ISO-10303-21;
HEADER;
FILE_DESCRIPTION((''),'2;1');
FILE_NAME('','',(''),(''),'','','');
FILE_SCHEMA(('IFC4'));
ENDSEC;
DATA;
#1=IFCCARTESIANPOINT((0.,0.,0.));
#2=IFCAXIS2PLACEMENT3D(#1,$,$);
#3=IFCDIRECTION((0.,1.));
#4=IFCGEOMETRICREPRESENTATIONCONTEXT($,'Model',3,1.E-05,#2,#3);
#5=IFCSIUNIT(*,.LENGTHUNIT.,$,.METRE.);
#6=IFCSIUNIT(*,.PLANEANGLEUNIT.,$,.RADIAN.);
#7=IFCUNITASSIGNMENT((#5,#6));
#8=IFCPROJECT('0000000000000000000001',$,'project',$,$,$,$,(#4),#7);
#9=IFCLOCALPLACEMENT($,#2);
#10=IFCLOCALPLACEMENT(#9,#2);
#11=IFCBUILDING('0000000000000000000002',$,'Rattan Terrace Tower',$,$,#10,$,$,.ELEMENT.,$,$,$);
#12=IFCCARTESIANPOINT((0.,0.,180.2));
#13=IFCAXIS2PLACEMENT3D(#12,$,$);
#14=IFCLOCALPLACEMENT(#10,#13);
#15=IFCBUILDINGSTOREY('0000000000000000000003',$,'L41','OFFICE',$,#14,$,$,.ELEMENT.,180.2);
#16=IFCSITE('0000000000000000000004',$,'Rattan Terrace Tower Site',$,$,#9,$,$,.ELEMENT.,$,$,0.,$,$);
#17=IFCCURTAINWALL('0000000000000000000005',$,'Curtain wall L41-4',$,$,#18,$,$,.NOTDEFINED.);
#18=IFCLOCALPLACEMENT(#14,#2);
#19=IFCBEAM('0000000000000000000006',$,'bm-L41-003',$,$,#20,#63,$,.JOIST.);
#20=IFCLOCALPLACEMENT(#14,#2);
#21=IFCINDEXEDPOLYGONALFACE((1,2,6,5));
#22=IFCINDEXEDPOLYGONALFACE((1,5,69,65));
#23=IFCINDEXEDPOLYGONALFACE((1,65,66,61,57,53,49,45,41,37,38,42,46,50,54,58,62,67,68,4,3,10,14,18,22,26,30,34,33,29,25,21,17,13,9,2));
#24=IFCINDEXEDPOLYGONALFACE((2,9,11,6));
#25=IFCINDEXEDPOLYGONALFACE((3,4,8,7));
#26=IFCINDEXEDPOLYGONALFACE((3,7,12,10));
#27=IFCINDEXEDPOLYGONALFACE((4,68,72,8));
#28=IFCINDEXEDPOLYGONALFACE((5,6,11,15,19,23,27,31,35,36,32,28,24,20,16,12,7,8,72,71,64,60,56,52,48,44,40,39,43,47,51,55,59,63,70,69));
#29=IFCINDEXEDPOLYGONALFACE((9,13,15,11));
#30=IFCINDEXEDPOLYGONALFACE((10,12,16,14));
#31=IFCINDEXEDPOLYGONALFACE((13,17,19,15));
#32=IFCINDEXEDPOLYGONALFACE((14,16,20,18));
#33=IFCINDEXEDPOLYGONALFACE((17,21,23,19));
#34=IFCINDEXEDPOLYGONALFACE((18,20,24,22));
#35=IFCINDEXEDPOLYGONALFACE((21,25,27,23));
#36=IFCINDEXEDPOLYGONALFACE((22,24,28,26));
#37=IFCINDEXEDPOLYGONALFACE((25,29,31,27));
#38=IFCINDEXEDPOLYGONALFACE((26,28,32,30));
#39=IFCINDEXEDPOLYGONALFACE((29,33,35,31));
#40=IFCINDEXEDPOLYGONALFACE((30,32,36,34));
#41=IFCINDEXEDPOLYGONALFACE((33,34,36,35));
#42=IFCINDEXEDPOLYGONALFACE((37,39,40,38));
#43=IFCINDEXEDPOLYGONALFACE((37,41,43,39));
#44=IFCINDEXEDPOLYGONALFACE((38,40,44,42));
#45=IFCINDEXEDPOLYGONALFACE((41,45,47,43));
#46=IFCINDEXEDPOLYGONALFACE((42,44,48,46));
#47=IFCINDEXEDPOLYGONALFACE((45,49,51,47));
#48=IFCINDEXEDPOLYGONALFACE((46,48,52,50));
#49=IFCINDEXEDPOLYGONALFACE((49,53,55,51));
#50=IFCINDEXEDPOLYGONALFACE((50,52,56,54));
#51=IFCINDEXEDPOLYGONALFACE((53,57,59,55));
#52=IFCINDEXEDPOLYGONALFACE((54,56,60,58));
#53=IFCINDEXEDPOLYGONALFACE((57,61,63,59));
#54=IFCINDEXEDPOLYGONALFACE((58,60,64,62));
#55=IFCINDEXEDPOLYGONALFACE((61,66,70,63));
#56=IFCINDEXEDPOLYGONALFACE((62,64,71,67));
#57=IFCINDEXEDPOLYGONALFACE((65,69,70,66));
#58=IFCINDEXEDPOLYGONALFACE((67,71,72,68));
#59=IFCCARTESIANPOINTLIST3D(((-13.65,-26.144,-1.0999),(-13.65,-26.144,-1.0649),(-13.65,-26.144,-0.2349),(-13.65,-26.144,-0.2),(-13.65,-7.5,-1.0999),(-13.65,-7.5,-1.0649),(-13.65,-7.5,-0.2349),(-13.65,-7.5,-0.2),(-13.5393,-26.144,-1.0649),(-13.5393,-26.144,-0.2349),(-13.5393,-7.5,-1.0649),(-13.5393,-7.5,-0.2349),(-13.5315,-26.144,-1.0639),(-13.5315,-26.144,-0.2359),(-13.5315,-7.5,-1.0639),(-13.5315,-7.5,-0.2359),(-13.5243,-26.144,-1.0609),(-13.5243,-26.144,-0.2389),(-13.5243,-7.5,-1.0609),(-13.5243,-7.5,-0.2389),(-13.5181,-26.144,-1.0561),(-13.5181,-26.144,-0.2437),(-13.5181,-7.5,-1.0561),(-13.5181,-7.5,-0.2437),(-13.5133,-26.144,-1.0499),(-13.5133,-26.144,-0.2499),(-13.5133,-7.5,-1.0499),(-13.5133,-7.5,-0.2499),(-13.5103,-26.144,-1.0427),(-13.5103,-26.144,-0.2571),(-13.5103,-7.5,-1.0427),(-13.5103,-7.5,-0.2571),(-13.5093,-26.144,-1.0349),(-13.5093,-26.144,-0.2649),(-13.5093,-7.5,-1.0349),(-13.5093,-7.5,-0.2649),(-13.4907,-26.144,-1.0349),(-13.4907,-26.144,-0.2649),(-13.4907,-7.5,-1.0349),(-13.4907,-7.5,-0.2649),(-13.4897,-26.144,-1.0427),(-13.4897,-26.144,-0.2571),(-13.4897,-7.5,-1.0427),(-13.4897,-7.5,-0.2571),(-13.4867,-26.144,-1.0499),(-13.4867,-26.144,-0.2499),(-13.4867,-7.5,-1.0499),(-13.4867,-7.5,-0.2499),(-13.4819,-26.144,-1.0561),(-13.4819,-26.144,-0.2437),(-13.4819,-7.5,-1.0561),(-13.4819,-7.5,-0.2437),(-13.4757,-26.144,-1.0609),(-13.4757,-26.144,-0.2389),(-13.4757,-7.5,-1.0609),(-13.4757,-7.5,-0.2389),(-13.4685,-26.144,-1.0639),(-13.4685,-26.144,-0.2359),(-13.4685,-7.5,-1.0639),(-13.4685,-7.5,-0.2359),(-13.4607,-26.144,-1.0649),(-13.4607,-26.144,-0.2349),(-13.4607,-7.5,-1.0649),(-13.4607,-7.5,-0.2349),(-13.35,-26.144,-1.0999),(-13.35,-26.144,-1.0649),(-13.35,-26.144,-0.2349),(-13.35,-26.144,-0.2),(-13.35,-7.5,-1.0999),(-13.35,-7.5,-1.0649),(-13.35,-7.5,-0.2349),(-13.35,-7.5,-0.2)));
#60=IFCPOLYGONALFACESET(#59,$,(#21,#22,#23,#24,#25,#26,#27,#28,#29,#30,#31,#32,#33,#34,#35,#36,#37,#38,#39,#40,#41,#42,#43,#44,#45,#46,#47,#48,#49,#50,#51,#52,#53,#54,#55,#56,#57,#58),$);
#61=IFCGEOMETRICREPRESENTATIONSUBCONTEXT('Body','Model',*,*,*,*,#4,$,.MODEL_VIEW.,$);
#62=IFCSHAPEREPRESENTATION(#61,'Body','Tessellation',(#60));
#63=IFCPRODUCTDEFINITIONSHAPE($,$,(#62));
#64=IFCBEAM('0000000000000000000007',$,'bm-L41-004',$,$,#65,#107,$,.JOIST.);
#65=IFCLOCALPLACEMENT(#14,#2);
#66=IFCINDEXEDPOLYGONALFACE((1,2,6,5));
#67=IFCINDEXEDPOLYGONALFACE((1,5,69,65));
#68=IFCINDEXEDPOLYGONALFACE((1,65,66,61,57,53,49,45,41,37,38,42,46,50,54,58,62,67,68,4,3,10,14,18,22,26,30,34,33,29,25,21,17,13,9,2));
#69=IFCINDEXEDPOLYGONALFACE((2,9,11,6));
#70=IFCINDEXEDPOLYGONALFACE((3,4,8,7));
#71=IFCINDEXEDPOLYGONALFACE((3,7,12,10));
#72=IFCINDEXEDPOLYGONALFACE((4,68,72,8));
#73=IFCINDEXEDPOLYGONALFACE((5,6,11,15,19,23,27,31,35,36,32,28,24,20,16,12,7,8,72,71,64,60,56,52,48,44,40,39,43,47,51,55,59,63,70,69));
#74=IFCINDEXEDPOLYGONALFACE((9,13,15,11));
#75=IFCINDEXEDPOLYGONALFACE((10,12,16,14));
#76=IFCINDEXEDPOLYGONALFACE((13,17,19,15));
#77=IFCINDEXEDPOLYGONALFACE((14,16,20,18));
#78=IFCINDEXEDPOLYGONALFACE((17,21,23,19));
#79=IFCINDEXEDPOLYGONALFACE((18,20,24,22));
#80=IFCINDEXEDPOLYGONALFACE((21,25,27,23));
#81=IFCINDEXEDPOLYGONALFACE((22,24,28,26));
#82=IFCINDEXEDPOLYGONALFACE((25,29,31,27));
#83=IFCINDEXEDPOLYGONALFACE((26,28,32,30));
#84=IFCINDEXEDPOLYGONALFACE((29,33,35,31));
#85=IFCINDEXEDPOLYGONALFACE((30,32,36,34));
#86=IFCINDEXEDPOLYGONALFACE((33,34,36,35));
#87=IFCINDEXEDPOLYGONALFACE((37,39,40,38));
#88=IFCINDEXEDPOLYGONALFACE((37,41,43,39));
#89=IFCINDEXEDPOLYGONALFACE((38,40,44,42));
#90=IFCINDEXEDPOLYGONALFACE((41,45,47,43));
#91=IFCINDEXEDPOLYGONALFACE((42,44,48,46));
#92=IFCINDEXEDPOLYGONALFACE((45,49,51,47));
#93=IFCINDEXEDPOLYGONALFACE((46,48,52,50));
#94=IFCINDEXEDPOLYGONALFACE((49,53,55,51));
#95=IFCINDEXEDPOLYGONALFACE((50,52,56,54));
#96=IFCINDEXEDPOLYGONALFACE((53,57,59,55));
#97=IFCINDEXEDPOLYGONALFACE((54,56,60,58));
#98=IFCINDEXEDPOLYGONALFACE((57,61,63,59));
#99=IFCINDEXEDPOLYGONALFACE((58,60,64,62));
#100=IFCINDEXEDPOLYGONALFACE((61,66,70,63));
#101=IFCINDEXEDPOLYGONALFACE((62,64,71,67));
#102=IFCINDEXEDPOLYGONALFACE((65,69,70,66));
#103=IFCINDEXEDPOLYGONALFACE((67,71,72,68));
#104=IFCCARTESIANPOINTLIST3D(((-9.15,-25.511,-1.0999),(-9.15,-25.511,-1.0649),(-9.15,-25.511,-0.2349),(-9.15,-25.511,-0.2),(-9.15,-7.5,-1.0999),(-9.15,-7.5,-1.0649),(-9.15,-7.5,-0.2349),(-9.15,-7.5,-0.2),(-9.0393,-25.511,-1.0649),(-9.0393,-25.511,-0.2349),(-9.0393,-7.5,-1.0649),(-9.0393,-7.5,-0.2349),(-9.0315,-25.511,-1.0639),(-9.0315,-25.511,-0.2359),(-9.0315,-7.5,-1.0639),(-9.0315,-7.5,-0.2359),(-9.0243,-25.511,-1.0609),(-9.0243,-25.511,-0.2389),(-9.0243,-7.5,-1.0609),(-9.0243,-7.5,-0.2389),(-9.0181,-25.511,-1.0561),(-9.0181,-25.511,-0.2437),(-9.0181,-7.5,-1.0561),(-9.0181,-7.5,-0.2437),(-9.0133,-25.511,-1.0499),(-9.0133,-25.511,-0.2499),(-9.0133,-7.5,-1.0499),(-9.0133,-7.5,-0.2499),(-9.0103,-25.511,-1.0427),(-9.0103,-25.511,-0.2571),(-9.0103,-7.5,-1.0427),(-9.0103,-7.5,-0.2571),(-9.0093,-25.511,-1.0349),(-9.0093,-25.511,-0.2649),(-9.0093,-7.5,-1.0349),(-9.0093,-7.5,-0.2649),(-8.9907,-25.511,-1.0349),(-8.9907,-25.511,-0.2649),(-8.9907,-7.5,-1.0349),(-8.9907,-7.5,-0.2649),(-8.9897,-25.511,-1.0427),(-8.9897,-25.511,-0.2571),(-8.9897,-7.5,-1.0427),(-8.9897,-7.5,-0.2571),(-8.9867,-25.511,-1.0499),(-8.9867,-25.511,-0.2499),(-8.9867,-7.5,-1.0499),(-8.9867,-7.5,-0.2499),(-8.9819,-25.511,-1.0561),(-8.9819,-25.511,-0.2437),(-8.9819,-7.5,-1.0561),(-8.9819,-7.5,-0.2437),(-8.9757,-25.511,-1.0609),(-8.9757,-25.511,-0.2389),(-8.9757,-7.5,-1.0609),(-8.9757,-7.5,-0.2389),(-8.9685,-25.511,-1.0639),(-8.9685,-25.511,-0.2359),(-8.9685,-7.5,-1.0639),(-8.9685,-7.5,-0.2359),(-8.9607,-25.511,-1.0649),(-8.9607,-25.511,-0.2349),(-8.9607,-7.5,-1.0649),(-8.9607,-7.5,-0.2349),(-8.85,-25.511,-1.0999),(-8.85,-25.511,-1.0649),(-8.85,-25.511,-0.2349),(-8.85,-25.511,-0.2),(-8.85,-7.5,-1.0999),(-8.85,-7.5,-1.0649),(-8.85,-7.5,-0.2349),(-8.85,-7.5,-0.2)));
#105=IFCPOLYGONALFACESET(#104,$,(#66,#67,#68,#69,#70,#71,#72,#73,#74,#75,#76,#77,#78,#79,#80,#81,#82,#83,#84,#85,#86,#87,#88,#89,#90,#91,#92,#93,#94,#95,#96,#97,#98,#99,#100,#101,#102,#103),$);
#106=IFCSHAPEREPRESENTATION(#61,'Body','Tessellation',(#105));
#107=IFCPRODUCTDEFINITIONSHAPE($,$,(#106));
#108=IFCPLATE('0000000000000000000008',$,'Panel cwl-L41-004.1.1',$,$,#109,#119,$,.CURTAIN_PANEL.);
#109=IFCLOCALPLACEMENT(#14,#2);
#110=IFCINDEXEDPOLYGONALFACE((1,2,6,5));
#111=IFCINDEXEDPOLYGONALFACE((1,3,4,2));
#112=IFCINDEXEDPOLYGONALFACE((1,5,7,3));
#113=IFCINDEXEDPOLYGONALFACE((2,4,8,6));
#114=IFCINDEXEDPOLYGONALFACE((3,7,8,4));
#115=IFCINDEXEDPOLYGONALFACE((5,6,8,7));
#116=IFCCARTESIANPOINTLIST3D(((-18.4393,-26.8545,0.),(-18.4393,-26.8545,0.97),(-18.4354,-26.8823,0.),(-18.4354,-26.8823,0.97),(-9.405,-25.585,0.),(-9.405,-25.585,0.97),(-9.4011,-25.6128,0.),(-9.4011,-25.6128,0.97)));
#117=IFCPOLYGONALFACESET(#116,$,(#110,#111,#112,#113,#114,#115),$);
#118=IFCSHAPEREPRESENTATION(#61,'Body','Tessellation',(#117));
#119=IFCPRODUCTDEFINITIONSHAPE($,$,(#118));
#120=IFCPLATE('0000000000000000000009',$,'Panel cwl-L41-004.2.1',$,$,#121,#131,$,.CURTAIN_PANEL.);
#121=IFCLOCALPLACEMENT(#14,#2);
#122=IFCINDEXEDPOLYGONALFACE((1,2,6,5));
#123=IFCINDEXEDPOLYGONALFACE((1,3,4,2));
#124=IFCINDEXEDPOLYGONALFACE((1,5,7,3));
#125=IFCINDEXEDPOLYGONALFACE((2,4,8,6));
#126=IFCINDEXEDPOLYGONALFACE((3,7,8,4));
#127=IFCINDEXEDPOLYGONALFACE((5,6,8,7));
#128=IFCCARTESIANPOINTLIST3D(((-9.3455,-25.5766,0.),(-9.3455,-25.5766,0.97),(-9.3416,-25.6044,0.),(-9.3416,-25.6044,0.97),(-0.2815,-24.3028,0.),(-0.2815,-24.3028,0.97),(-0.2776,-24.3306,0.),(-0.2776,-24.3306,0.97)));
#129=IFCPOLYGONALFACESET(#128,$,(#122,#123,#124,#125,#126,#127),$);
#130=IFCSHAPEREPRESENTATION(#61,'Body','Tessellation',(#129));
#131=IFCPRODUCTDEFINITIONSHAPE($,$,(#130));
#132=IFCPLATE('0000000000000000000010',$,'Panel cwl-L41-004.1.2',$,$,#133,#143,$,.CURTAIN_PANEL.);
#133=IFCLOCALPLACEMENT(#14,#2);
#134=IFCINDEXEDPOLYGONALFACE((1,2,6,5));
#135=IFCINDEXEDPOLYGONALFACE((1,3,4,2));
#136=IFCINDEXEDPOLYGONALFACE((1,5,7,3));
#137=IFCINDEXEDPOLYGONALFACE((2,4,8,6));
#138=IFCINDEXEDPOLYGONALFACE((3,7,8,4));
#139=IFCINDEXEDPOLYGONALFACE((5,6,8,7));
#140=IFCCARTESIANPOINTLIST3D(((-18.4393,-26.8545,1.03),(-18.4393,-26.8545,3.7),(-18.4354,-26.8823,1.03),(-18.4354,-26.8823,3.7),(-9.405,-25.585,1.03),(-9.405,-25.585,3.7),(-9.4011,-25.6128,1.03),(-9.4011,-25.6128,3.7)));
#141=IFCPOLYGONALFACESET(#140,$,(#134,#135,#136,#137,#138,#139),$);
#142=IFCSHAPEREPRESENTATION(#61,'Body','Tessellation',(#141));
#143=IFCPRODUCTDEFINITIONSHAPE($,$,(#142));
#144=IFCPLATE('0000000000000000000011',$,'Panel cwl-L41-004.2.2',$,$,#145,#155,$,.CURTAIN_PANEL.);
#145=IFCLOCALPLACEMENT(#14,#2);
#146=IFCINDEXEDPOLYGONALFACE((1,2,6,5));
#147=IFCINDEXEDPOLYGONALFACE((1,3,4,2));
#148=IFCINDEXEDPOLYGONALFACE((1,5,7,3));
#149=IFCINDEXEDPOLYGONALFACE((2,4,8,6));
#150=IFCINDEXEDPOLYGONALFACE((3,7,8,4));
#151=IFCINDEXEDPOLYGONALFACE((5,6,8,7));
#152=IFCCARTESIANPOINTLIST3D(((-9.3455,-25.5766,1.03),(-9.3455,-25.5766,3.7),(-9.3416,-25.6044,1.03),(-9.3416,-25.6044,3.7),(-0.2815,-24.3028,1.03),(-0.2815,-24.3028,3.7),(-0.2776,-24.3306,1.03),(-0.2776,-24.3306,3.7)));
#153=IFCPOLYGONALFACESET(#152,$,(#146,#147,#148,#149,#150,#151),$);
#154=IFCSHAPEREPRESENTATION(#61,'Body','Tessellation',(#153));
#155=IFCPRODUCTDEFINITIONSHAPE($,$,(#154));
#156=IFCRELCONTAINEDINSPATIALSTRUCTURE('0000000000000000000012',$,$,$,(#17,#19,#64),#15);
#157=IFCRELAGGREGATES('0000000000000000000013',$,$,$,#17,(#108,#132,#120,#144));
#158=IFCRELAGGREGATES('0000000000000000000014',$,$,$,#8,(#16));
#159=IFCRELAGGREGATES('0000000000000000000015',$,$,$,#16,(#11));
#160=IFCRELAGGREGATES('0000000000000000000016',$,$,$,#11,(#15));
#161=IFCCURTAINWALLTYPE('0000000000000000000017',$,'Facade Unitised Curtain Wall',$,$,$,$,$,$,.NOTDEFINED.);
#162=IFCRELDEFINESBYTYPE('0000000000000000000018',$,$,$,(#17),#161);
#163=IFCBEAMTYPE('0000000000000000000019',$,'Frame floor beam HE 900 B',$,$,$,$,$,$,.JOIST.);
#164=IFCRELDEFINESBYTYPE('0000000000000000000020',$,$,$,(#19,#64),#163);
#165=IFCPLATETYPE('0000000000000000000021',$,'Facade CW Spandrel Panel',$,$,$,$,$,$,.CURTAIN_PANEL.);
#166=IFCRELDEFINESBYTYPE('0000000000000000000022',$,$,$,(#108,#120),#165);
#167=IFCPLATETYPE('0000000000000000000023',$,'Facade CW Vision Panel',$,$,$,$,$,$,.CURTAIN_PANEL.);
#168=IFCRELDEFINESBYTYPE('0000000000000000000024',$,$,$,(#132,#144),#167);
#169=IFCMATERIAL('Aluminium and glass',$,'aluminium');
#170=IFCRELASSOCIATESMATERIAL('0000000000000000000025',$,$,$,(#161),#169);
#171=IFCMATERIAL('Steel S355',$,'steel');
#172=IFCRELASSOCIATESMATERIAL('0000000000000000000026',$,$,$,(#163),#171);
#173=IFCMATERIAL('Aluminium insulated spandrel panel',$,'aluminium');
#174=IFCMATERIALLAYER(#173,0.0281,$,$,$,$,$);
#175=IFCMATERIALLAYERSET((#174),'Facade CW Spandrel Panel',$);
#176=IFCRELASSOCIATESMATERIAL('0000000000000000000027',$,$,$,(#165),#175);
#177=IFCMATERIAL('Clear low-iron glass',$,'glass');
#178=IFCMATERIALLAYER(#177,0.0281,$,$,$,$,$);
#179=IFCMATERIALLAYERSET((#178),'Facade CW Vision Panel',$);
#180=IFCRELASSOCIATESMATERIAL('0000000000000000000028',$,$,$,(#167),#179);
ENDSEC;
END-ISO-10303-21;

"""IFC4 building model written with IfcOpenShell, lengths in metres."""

from ifc_helpers import new_model, si_unit, direction, frame, origin, origin_2d, place, context, subcontext, project, spatial, rectangle, i_section, extrude, material, layer, layer_set, material_profile, profile_set, type_object, element, aggregate, save


model = new_model("IFC4")

# Units and contexts
model_context = context("Model", 3, precision=1e-05, world=origin(), true_north=direction((0.0, 1.0)))
body_context = subcontext(model_context, "Body", "Model", "MODEL_VIEW")
ifc_project = project(units=[si_unit("LENGTHUNIT", "METRE"), si_unit("PLANEANGLEUNIT", "RADIAN")], contexts=[model_context])

# Site, building, storey
site_placement = place(None, origin())
site = spatial("IfcSite", under=ifc_project, at=site_placement, Name="Rattan Terrace Tower Site", CompositionType="ELEMENT", RefElevation=0.0)
building_placement = place(site_placement, origin())
building = spatial("IfcBuilding", under=site, at=building_placement, Name="Rattan Terrace Tower", CompositionType="ELEMENT")
storey_placement = place(building_placement, frame((0.0, 0.0, 180.2)))
storey = spatial("IfcBuildingStorey", under=building, at=storey_placement, Name="L41", Description="OFFICE", CompositionType="ELEMENT", Elevation=180.2)

# Curtain wall
ifc_material_1 = material(Name="Aluminium and glass", Category="aluminium")
curtain_wall_type = type_object("IfcCurtainWallType", Name="Facade Unitised Curtain Wall", PredefinedType="NOTDEFINED", material=ifc_material_1)
curtain_wall_placement = place(storey_placement, origin())
curtain_wall = element("IfcCurtainWall", 1, at=curtain_wall_placement, inside=storey, type_object=curtain_wall_type, Name="Curtain wall L41-4", PredefinedType="NOTDEFINED")

# Beams
ifc_material_2 = material(Name="Steel S355", Category="steel")
ifc_material_profile_1 = material_profile(ifc_material_2, i_section(OverallWidth=0.3, OverallDepth=0.8999, WebThickness=0.0186, FlangeThickness=0.0349, FilletRadius=0.03, at=origin_2d()), Name="HE 900 B")
ifc_profile_set_1 = profile_set([ifc_material_profile_1], Name="Steel S355")
beam_type_1 = type_object("IfcBeamType", Name="Frame floor beam HE 900 B", PredefinedType="JOIST", material=ifc_profile_set_1)
beam_1_placement = place(storey_placement, frame((-13.5, -26.144, -0.6499), z_axis=(0.0, 1.0, 0.0), x_axis=(-1.0, 0.0, 0.0)))
element("IfcBeam", 2, at=beam_1_placement, inside=storey, type_object=beam_type_1, Name="bm-L41-003", PredefinedType="JOIST", context=body_context, shape_type="SweptSolid", body=[
    extrude(i_section(OverallWidth=0.3, OverallDepth=0.8999, WebThickness=0.0186, FlangeThickness=0.0349, FilletRadius=0.03, at=origin_2d()), origin(), (0.0, 0.0, 1.0), 18.644),
])
beam_2_placement = place(storey_placement, frame((-9.0, -25.511, -0.6499), z_axis=(0.0, 1.0, 0.0), x_axis=(-1.0, 0.0, 0.0)))
element("IfcBeam", 3, at=beam_2_placement, inside=storey, type_object=beam_type_1, Name="bm-L41-004", PredefinedType="JOIST", context=body_context, shape_type="SweptSolid", body=[
    extrude(i_section(OverallWidth=0.3, OverallDepth=0.8999, WebThickness=0.0186, FlangeThickness=0.0349, FilletRadius=0.03, at=origin_2d()), origin(), (0.0, 0.0, 1.0), 18.011),
])

# Plates
ifc_material_3 = material(Name="Aluminium insulated spandrel panel", Category="aluminium")
ifc_layer_1 = layer(ifc_material_3, 0.0281)
ifc_layer_set_1 = layer_set([ifc_layer_1], Name="Facade CW Spandrel Panel")
plate_type_1 = type_object("IfcPlateType", Name="Facade CW Spandrel Panel", PredefinedType="CURTAIN_PANEL", material=ifc_layer_set_1)
plate_1_placement = place(storey_placement, frame((-13.9202, -26.2336, 0.0), z_axis=(0.0, 0.0, 1.0), x_axis=(0.99027, 0.139161, 0.0)))
plate_1 = element("IfcPlate", 4, at=plate_1_placement, type_object=plate_type_1, Name="Panel cwl-L41-004.1.1", PredefinedType="CURTAIN_PANEL", context=body_context, shape_type="SweptSolid", body=[
    extrude(rectangle(XDim=9.123, YDim=0.0281, at=origin_2d()), origin(), (0.0, 0.0, 1.0), 0.97),
])
plate_2_placement = place(storey_placement, frame((-4.8115, -24.9536, 0.0), z_axis=(0.0, 0.0, 1.0), x_axis=(0.99027, 0.139161, 0.0)))
plate_2 = element("IfcPlate", 5, at=plate_2_placement, type_object=plate_type_1, Name="Panel cwl-L41-004.2.1", PredefinedType="CURTAIN_PANEL", context=body_context, shape_type="SweptSolid", body=[
    extrude(rectangle(XDim=9.1531, YDim=0.0281, at=origin_2d()), origin(), (0.0, 0.0, 1.0), 0.97),
])
ifc_material_4 = material(Name="Clear low-iron glass", Category="glass")
ifc_layer_2 = layer(ifc_material_4, 0.0281)
ifc_layer_set_2 = layer_set([ifc_layer_2], Name="Facade CW Vision Panel")
plate_type_2 = type_object("IfcPlateType", Name="Facade CW Vision Panel", PredefinedType="CURTAIN_PANEL", material=ifc_layer_set_2)
plate_3_placement = place(storey_placement, frame((-13.9202, -26.2336, 1.03), z_axis=(0.0, 0.0, 1.0), x_axis=(0.99027, 0.139161, 0.0)))
plate_3 = element("IfcPlate", 6, at=plate_3_placement, type_object=plate_type_2, Name="Panel cwl-L41-004.1.2", PredefinedType="CURTAIN_PANEL", context=body_context, shape_type="SweptSolid", body=[
    extrude(rectangle(XDim=9.123, YDim=0.0281, at=origin_2d()), origin(), (0.0, 0.0, 1.0), 2.6699),
])
plate_4_placement = place(storey_placement, frame((-4.8115, -24.9536, 1.03), z_axis=(0.0, 0.0, 1.0), x_axis=(0.99027, 0.139161, 0.0)))
plate_4 = element("IfcPlate", 7, at=plate_4_placement, type_object=plate_type_2, Name="Panel cwl-L41-004.2.2", PredefinedType="CURTAIN_PANEL", context=body_context, shape_type="SweptSolid", body=[
    extrude(rectangle(XDim=9.1531, YDim=0.0281, at=origin_2d()), origin(), (0.0, 0.0, 1.0), 2.6699),
])
aggregate(curtain_wall, [plate_1, plate_3, plate_2, plate_4])

save(model, "model.ifc")
